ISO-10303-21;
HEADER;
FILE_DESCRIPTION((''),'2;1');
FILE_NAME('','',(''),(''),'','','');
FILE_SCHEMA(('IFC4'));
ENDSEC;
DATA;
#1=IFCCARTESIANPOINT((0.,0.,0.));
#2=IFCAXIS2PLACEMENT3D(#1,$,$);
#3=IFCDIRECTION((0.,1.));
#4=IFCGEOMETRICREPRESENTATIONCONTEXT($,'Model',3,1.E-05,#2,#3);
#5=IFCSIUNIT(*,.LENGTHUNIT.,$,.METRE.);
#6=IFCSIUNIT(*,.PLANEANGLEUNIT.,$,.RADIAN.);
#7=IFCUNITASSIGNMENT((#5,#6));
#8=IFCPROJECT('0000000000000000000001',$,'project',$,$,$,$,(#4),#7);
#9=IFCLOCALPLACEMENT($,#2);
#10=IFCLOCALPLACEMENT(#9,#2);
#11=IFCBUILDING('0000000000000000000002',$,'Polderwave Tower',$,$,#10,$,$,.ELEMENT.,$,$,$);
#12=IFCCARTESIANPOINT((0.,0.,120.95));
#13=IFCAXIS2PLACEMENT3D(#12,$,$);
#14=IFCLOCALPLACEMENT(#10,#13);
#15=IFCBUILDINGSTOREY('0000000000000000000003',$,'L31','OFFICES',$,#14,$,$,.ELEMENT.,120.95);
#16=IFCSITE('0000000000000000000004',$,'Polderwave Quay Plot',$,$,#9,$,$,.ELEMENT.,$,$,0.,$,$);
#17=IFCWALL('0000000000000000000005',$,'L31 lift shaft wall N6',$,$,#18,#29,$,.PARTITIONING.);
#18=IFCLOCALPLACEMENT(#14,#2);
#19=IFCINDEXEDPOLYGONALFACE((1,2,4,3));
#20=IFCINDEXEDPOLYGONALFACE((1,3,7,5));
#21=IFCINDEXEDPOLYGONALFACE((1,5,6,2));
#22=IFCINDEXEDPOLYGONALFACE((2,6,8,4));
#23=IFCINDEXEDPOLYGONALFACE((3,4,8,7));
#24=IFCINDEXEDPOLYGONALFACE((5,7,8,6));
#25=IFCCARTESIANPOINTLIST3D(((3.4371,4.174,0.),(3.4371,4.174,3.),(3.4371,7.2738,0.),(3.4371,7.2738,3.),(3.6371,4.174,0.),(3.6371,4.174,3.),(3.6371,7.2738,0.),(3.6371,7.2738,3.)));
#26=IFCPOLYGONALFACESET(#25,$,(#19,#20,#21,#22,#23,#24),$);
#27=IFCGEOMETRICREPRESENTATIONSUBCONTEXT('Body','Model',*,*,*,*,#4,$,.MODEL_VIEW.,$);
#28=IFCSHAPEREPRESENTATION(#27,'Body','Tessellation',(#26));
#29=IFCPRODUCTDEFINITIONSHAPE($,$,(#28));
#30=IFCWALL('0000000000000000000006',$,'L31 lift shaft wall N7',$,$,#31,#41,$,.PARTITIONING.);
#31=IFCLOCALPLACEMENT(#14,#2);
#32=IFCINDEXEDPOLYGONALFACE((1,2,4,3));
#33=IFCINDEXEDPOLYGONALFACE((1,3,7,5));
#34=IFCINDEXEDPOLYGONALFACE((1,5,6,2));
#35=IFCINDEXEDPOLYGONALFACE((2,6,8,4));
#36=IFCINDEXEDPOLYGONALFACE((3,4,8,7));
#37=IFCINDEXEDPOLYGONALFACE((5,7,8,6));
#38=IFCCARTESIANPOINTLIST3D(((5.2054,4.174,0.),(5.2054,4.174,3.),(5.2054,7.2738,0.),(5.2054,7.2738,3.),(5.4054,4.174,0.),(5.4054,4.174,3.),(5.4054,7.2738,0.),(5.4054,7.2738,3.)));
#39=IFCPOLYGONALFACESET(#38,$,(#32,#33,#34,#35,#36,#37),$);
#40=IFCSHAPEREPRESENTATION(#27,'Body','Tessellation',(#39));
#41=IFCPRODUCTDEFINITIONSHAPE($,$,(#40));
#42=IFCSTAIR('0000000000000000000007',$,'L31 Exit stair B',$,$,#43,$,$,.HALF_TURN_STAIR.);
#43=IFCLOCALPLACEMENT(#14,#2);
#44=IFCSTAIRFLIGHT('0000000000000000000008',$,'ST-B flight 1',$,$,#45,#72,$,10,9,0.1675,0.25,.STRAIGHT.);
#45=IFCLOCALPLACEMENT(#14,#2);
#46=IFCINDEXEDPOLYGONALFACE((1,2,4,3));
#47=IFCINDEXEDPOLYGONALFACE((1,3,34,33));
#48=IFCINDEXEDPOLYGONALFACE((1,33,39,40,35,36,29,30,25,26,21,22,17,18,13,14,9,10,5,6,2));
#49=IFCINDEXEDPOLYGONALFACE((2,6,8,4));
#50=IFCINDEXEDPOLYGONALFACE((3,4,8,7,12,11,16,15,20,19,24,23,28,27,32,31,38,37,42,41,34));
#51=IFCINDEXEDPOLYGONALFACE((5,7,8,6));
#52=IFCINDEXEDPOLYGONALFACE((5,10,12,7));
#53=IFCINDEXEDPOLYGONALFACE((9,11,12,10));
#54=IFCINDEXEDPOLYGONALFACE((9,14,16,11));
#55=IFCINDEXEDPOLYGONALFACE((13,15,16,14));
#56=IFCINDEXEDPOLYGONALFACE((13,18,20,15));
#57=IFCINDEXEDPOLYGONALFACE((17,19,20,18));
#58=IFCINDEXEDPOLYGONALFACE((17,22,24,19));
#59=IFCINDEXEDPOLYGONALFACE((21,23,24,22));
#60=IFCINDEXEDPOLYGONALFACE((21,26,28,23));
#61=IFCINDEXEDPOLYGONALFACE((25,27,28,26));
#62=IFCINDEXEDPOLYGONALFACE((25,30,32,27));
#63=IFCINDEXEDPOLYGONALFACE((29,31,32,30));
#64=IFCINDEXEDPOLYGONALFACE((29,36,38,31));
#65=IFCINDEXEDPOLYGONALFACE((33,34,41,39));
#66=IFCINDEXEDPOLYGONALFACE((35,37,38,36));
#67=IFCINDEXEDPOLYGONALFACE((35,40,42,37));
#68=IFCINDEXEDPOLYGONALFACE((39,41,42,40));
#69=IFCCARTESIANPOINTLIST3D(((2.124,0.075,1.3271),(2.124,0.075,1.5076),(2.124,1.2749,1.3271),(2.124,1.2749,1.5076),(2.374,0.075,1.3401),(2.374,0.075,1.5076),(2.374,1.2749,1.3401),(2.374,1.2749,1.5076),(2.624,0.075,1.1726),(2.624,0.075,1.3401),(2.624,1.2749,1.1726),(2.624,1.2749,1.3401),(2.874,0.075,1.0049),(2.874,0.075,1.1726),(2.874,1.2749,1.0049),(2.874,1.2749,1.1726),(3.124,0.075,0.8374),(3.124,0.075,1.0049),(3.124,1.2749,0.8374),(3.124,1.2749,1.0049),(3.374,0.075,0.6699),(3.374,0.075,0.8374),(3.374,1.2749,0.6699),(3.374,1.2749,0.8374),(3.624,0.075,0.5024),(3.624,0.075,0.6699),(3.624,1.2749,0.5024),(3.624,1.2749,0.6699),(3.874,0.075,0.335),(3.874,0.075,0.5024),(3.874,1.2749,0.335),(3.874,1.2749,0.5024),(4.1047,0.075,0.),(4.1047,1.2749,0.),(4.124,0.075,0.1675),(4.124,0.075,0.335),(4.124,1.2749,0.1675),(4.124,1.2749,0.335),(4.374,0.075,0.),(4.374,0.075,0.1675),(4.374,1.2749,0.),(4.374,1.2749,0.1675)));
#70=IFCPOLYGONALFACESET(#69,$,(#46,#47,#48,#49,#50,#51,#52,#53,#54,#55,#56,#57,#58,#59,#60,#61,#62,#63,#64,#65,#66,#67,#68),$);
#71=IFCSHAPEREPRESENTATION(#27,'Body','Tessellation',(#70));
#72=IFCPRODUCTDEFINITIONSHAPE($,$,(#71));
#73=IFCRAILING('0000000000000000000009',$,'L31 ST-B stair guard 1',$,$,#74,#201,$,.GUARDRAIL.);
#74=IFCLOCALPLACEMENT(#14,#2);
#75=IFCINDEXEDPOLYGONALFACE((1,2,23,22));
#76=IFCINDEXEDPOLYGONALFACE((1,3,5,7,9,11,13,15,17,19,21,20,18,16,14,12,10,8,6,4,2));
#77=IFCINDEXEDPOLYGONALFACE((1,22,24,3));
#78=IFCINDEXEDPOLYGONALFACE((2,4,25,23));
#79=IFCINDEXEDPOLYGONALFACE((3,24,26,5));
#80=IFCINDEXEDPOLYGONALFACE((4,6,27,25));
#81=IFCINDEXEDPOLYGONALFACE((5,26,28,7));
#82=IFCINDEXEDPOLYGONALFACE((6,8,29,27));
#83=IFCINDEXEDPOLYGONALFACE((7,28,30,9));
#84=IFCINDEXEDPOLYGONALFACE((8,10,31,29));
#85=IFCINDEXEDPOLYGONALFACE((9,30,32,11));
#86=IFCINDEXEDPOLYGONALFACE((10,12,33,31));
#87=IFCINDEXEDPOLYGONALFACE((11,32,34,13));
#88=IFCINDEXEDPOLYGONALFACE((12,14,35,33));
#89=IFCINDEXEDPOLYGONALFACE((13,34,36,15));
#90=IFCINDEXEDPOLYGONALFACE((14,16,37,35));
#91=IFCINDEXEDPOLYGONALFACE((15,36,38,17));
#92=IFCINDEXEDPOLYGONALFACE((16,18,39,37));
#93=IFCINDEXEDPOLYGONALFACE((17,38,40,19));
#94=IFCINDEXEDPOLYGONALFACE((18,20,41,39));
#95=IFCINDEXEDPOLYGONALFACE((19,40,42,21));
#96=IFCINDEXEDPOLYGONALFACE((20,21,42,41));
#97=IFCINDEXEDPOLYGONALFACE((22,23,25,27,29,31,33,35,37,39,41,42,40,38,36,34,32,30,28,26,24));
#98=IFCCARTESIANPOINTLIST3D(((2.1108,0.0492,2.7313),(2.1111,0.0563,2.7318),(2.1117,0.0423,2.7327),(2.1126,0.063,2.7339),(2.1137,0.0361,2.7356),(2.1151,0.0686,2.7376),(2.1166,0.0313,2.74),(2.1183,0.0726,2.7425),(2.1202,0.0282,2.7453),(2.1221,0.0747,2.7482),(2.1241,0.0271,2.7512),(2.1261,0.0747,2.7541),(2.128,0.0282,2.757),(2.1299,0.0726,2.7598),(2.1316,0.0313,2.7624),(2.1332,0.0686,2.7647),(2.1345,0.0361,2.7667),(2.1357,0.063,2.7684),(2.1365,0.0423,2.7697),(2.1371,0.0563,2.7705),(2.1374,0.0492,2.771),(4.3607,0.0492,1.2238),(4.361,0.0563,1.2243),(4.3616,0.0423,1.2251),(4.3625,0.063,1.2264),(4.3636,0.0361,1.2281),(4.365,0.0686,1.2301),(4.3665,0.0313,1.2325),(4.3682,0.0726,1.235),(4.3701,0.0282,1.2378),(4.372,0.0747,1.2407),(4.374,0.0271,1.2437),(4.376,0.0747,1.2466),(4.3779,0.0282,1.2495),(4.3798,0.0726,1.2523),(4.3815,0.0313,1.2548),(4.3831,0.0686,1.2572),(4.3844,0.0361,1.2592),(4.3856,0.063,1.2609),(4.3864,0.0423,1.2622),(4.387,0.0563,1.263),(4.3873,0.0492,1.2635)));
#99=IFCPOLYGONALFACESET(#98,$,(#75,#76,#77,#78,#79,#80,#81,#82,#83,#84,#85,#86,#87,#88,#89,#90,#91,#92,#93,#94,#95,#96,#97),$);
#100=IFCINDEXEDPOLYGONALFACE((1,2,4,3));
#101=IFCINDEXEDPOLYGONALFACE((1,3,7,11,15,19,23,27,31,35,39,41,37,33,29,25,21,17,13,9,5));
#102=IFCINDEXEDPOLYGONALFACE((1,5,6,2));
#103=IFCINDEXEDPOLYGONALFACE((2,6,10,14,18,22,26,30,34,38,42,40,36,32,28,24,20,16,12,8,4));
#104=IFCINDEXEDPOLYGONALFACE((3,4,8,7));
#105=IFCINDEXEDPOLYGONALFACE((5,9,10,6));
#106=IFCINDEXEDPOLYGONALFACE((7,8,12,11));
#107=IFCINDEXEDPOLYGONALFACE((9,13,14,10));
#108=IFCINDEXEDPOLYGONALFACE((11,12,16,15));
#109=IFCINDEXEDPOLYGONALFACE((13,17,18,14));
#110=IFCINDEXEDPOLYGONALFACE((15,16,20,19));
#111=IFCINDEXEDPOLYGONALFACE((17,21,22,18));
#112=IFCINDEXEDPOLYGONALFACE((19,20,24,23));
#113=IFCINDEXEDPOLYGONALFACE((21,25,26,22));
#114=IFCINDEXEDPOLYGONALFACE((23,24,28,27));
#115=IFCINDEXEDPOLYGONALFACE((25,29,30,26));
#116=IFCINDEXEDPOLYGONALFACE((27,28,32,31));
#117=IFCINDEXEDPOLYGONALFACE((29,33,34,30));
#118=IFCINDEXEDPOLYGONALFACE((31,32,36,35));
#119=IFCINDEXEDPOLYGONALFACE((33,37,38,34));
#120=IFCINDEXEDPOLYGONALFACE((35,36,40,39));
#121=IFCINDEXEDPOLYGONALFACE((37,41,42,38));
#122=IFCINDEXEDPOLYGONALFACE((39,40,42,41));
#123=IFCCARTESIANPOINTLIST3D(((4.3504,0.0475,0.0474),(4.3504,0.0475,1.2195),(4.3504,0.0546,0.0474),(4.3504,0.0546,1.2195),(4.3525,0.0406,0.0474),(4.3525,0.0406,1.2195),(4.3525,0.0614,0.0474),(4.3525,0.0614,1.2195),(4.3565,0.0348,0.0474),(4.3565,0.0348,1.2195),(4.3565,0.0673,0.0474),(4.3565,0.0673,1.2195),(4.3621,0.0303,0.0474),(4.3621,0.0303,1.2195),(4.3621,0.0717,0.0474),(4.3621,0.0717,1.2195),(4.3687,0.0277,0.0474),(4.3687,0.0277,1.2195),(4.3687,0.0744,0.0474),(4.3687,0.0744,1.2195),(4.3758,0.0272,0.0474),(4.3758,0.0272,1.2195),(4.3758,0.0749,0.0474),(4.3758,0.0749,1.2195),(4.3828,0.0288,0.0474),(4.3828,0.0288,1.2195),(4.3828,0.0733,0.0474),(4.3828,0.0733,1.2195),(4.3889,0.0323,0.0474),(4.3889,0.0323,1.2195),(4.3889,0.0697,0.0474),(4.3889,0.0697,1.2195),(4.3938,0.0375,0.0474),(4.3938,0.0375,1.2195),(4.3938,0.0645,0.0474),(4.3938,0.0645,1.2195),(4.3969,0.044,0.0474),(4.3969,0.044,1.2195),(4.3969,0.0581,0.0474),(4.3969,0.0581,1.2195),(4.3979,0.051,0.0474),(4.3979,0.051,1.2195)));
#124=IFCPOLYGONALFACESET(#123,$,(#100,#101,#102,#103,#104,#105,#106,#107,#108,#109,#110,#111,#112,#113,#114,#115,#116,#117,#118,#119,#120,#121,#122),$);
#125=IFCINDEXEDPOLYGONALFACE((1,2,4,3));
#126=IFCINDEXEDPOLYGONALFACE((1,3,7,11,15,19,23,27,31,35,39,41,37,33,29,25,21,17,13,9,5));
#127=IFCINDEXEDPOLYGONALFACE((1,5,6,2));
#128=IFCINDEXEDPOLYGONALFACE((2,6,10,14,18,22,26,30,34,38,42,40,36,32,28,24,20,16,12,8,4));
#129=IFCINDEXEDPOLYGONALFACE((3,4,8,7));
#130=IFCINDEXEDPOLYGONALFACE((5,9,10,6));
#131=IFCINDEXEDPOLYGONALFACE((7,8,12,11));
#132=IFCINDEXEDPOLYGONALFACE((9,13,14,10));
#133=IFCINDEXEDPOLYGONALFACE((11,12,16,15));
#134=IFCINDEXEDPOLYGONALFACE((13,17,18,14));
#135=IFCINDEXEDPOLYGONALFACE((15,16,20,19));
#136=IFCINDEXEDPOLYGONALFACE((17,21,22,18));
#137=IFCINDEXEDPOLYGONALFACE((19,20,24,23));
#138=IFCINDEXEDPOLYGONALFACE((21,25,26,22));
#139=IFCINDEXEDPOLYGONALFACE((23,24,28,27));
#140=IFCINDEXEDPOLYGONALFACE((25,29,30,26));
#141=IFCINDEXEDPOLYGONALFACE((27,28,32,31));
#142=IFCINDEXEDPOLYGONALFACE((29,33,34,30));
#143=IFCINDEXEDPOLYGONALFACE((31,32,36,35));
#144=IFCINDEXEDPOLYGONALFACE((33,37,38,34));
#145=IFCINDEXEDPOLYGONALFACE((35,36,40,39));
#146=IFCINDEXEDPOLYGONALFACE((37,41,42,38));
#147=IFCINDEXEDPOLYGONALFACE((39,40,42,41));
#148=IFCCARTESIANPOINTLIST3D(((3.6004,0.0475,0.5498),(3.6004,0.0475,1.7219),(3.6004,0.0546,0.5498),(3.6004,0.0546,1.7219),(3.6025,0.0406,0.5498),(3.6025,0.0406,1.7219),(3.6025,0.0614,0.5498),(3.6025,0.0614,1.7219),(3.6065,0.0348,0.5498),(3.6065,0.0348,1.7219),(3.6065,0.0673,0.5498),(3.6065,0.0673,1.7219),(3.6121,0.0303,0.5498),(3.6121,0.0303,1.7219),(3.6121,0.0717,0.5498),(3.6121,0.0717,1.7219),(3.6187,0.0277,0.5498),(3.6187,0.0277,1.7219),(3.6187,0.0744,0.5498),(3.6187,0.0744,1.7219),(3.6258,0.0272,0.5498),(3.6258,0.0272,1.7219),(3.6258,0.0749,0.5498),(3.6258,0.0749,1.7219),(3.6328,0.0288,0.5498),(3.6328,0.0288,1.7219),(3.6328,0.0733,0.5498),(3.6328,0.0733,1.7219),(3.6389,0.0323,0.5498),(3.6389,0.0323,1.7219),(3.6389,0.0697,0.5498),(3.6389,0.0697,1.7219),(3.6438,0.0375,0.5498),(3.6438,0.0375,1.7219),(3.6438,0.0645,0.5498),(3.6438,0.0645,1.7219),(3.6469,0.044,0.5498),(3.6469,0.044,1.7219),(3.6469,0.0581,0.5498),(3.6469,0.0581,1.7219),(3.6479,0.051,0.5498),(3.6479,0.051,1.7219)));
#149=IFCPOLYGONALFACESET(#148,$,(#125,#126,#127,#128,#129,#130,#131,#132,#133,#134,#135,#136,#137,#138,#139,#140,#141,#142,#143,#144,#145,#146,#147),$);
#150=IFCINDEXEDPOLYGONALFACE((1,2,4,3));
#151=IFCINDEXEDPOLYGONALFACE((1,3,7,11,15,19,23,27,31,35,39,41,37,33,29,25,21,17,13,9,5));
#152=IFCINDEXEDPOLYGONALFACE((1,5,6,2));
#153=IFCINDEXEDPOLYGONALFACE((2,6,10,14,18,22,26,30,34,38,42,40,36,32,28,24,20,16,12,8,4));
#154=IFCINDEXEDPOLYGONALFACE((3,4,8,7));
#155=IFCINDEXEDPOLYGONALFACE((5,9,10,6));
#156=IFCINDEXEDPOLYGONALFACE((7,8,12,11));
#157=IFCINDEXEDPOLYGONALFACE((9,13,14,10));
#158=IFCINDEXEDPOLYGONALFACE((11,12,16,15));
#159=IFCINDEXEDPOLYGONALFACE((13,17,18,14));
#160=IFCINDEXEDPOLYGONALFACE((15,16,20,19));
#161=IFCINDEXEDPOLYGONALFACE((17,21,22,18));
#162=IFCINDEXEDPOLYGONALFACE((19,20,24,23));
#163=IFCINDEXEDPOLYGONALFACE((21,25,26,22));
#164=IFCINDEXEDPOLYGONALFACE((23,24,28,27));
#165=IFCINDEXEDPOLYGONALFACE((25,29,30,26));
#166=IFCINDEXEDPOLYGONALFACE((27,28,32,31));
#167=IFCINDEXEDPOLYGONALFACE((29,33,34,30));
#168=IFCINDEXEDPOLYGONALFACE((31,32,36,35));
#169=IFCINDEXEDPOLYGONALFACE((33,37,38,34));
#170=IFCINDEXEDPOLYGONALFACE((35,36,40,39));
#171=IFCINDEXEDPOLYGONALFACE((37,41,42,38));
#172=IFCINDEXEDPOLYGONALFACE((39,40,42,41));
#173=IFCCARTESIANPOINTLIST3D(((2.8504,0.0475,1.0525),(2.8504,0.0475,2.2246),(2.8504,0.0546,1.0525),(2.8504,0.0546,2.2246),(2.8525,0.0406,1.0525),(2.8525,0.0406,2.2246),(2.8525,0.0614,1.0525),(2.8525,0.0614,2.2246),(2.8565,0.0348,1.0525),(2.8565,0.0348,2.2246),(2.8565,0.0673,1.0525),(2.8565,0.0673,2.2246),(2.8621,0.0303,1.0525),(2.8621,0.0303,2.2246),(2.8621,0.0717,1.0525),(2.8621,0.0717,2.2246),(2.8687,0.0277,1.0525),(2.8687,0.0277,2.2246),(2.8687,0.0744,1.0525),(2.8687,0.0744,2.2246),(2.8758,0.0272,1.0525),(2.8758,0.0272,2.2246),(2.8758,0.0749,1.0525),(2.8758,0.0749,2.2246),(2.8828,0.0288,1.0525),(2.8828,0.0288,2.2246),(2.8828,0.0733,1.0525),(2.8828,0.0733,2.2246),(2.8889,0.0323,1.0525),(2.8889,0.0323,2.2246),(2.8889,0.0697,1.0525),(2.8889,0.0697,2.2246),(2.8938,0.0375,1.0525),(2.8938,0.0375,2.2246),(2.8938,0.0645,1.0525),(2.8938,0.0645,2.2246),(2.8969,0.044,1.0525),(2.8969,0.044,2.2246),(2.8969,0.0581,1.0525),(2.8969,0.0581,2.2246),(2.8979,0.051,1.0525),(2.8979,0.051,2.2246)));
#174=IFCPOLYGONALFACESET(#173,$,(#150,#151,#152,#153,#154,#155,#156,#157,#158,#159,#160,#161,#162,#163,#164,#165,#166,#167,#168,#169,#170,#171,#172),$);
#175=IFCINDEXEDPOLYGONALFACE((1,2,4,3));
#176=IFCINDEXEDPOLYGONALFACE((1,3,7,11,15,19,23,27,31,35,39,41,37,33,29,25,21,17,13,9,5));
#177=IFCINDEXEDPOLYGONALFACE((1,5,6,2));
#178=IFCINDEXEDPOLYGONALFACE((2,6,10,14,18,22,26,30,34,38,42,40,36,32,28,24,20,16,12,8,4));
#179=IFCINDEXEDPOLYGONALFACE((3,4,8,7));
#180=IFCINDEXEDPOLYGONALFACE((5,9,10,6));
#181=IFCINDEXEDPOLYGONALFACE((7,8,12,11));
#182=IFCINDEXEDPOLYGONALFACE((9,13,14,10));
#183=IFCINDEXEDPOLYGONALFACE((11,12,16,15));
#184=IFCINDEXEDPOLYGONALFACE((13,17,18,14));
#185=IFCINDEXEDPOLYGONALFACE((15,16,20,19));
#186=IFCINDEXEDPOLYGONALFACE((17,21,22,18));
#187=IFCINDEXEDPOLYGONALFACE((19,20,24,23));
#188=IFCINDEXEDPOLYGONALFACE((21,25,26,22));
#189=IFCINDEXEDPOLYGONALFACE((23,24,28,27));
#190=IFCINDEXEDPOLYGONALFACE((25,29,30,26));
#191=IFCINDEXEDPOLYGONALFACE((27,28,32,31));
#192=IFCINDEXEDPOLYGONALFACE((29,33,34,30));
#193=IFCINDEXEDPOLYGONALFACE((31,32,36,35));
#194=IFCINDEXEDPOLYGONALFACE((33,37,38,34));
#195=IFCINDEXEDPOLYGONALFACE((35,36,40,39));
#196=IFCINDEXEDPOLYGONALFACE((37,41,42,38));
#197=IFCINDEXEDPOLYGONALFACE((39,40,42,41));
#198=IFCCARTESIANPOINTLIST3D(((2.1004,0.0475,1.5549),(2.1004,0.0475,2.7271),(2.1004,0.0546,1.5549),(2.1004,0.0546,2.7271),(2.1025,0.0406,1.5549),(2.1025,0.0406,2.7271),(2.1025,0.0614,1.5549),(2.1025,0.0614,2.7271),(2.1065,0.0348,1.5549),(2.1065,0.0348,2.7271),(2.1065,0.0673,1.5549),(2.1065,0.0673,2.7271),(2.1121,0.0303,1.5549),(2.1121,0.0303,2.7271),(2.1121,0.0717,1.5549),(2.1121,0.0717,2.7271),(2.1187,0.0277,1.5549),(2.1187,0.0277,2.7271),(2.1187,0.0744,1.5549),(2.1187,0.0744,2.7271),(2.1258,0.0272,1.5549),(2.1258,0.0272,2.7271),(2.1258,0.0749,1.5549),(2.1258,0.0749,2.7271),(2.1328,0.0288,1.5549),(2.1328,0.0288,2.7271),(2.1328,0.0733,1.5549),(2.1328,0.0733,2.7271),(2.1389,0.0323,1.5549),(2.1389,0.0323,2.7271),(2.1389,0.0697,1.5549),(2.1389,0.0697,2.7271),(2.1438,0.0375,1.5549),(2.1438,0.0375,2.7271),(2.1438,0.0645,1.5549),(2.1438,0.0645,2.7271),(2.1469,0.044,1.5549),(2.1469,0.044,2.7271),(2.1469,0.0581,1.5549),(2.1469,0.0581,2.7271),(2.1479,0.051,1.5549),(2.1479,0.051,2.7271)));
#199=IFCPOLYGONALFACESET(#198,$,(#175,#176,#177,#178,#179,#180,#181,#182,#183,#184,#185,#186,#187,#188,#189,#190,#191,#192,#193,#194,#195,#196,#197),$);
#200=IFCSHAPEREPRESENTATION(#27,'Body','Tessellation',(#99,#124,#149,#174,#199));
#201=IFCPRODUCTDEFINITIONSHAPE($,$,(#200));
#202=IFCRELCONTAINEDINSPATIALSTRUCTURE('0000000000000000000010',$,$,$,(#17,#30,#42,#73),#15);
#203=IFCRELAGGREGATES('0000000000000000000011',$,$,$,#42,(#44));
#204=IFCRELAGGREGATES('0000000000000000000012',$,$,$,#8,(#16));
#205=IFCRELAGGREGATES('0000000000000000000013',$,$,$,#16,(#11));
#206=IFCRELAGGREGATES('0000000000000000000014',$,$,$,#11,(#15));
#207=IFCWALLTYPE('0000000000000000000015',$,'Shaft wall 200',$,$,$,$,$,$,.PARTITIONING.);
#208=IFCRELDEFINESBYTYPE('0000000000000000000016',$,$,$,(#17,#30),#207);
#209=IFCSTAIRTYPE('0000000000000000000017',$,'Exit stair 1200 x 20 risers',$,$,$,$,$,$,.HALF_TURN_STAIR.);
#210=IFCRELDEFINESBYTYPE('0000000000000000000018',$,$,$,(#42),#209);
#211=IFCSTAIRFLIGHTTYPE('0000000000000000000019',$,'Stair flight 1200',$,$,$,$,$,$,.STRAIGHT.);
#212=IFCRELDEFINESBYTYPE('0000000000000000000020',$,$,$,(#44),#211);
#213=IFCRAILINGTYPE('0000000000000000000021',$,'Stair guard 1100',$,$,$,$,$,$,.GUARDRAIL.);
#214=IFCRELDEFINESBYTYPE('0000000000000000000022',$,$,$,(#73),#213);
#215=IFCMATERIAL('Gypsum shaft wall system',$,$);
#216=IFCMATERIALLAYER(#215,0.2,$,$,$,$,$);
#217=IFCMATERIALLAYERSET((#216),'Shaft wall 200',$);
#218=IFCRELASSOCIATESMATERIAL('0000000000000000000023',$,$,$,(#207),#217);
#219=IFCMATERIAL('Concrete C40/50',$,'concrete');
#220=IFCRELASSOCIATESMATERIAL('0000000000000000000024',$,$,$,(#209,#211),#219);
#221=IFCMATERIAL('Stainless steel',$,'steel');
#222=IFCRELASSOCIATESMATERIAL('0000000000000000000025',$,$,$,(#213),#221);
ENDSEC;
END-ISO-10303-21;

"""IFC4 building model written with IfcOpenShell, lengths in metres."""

from ifc_helpers import new_model, si_unit, direction, frame, frame_2d, origin, origin_2d, place, context, subcontext, project, spatial, polyline, rectangle, circle, outline, extrude, material, layer, layer_set, type_object, element, aggregate, save


model = new_model("IFC4")

# Units and contexts
model_context = context("Model", 3, precision=1e-05, world=origin(), true_north=direction((0.0, 1.0)))
body_context = subcontext(model_context, "Body", "Model", "MODEL_VIEW")
ifc_project = project(units=[si_unit("LENGTHUNIT", "METRE"), si_unit("PLANEANGLEUNIT", "RADIAN")], contexts=[model_context])

# Site, building, storey
site_placement = place(None, origin())
site = spatial("IfcSite", under=ifc_project, at=site_placement, Name="Polderwave Quay Plot", CompositionType="ELEMENT", RefElevation=0.0)
building_placement = place(site_placement, origin())
building = spatial("IfcBuilding", under=site, at=building_placement, Name="Polderwave Tower", CompositionType="ELEMENT")
storey_placement = place(building_placement, frame((0.0, 0.0, 120.95)))
storey = spatial("IfcBuildingStorey", under=building, at=storey_placement, Name="L31", Description="OFFICES", CompositionType="ELEMENT", Elevation=120.95)

# Shared definitions
ifc_material_1 = material(Name="Stainless steel", Category="steel")

# Walls
ifc_material_2 = material(Name="Gypsum shaft wall system")
ifc_layer_1 = layer(ifc_material_2, 0.2)
ifc_layer_set_1 = layer_set([ifc_layer_1], Name="Shaft wall 200")
wall_type_1 = type_object("IfcWallType", Name="Shaft wall 200", PredefinedType="PARTITIONING", material=ifc_layer_set_1)
for number, where, z_axis, x_axis, name in (
    (1, (3.5371, 4.1741, 0.0), (0.0, 0.0, 1.0), (0.0, 1.0, 0.0), "L31 lift shaft wall N6"),
    (2, (5.3054, 4.1741, 0.0), (0.0, 0.0, 1.0), (0.0, 1.0, 0.0), "L31 lift shaft wall N7"),
):
    element("IfcWall", number, at=place(storey_placement, frame(where, z_axis=z_axis, x_axis=x_axis)), inside=storey, type_object=wall_type_1, Name=name, PredefinedType="PARTITIONING", context=body_context, shape_type="SweptSolid", body=[
        extrude(rectangle(XDim=3.0999, YDim=0.2, at=frame_2d((1.5498, 0.0))), origin(), (0.0, 0.0, 1.0), 3.0),
    ])

# Stair, stair flight
ifc_material_3 = material(Name="Concrete C40/50", Category="concrete")
stair_type = type_object("IfcStairType", Name="Exit stair 1200 x 20 risers", PredefinedType="HALF_TURN_STAIR", material=ifc_material_3)
stair_placement = place(storey_placement, origin())
stair = element("IfcStair", 3, at=stair_placement, inside=storey, type_object=stair_type, Name="L31 Exit stair B", PredefinedType="HALF_TURN_STAIR")
stair_flight_type = type_object("IfcStairFlightType", Name="Stair flight 1200", PredefinedType="STRAIGHT", material=ifc_material_3)
stair_flight_placement = place(storey_placement, frame((4.374, 0.675, 0.0), z_axis=(0.0, 0.0, 1.0), x_axis=(-1.0, 0.0, 0.0)))
stair_flight = element("IfcStairFlight", 4, at=stair_flight_placement, type_object=stair_flight_type, Name="ST-B flight 1", NumberOfRisers=10, NumberOfTreads=9, PredefinedType="STRAIGHT", RiserHeight=0.1675, TreadLength=0.25, context=body_context, shape_type="SweptSolid", body=[
    extrude(outline(polyline([(0.0, 0.0), (0.0, 0.1675), (0.25, 0.1675), (0.25, 0.335), (0.5, 0.335), (0.5, 0.5024), (0.75, 0.5024), (0.75, 0.6699), (1.0, 0.6699), (1.0, 0.8374), (1.25, 0.8374), (1.25, 1.0049), (1.5, 1.0049), (1.5, 1.1726), (1.75, 1.1726), (1.75, 1.3401), (2.0, 1.3401), (2.0, 1.5076), (2.25, 1.5076), (2.25, 1.675), (2.25, 1.3271), (0.2693, 0.0), (0.0, 0.0)])), frame((0.0, 0.6001, 0.0), z_axis=(0.0, -1.0, 0.0), x_axis=(1.0, 0.0, 0.0)), (0.0, 0.0, 1.0), 1.2),
])
aggregate(stair, [stair_flight])

# Railing
railing_type_1 = type_object("IfcRailingType", Name="Stair guard 1100", PredefinedType="GUARDRAIL", material=ifc_material_1)
railing_1_placement = place(storey_placement, frame((4.374, 0.051, 0.0474)))
element("IfcRailing", 5, at=railing_1_placement, inside=storey, type_object=railing_type_1, Name="L31 ST-B stair guard 1", PredefinedType="GUARDRAIL", context=body_context, shape_type="SweptSolid", body=[
    extrude(circle(Radius=0.0239, at=origin_2d()), frame((0.0, 0.0, 1.1963), z_axis=(-0.830758, 0.0, 0.556633), x_axis=(0.0, -1.0, 0.0)), (0.0, 0.0, 1.0), 2.7083),
    extrude(circle(Radius=0.0239, at=origin_2d()), origin(), (0.0, 0.0, 1.0), 1.1721),
    extrude(circle(Radius=0.0239, at=origin_2d()), frame((-0.75, 0.0, 0.5024)), (0.0, 0.0, 1.0), 1.1721),
    extrude(circle(Radius=0.0239, at=origin_2d()), frame((-1.5, 0.0, 1.0051)), (0.0, 0.0, 1.0), 1.1721),
    extrude(circle(Radius=0.0239, at=origin_2d()), frame((-2.25, 0.0, 1.5076)), (0.0, 0.0, 1.0), 1.1721),
])

save(model, "model.ifc")
